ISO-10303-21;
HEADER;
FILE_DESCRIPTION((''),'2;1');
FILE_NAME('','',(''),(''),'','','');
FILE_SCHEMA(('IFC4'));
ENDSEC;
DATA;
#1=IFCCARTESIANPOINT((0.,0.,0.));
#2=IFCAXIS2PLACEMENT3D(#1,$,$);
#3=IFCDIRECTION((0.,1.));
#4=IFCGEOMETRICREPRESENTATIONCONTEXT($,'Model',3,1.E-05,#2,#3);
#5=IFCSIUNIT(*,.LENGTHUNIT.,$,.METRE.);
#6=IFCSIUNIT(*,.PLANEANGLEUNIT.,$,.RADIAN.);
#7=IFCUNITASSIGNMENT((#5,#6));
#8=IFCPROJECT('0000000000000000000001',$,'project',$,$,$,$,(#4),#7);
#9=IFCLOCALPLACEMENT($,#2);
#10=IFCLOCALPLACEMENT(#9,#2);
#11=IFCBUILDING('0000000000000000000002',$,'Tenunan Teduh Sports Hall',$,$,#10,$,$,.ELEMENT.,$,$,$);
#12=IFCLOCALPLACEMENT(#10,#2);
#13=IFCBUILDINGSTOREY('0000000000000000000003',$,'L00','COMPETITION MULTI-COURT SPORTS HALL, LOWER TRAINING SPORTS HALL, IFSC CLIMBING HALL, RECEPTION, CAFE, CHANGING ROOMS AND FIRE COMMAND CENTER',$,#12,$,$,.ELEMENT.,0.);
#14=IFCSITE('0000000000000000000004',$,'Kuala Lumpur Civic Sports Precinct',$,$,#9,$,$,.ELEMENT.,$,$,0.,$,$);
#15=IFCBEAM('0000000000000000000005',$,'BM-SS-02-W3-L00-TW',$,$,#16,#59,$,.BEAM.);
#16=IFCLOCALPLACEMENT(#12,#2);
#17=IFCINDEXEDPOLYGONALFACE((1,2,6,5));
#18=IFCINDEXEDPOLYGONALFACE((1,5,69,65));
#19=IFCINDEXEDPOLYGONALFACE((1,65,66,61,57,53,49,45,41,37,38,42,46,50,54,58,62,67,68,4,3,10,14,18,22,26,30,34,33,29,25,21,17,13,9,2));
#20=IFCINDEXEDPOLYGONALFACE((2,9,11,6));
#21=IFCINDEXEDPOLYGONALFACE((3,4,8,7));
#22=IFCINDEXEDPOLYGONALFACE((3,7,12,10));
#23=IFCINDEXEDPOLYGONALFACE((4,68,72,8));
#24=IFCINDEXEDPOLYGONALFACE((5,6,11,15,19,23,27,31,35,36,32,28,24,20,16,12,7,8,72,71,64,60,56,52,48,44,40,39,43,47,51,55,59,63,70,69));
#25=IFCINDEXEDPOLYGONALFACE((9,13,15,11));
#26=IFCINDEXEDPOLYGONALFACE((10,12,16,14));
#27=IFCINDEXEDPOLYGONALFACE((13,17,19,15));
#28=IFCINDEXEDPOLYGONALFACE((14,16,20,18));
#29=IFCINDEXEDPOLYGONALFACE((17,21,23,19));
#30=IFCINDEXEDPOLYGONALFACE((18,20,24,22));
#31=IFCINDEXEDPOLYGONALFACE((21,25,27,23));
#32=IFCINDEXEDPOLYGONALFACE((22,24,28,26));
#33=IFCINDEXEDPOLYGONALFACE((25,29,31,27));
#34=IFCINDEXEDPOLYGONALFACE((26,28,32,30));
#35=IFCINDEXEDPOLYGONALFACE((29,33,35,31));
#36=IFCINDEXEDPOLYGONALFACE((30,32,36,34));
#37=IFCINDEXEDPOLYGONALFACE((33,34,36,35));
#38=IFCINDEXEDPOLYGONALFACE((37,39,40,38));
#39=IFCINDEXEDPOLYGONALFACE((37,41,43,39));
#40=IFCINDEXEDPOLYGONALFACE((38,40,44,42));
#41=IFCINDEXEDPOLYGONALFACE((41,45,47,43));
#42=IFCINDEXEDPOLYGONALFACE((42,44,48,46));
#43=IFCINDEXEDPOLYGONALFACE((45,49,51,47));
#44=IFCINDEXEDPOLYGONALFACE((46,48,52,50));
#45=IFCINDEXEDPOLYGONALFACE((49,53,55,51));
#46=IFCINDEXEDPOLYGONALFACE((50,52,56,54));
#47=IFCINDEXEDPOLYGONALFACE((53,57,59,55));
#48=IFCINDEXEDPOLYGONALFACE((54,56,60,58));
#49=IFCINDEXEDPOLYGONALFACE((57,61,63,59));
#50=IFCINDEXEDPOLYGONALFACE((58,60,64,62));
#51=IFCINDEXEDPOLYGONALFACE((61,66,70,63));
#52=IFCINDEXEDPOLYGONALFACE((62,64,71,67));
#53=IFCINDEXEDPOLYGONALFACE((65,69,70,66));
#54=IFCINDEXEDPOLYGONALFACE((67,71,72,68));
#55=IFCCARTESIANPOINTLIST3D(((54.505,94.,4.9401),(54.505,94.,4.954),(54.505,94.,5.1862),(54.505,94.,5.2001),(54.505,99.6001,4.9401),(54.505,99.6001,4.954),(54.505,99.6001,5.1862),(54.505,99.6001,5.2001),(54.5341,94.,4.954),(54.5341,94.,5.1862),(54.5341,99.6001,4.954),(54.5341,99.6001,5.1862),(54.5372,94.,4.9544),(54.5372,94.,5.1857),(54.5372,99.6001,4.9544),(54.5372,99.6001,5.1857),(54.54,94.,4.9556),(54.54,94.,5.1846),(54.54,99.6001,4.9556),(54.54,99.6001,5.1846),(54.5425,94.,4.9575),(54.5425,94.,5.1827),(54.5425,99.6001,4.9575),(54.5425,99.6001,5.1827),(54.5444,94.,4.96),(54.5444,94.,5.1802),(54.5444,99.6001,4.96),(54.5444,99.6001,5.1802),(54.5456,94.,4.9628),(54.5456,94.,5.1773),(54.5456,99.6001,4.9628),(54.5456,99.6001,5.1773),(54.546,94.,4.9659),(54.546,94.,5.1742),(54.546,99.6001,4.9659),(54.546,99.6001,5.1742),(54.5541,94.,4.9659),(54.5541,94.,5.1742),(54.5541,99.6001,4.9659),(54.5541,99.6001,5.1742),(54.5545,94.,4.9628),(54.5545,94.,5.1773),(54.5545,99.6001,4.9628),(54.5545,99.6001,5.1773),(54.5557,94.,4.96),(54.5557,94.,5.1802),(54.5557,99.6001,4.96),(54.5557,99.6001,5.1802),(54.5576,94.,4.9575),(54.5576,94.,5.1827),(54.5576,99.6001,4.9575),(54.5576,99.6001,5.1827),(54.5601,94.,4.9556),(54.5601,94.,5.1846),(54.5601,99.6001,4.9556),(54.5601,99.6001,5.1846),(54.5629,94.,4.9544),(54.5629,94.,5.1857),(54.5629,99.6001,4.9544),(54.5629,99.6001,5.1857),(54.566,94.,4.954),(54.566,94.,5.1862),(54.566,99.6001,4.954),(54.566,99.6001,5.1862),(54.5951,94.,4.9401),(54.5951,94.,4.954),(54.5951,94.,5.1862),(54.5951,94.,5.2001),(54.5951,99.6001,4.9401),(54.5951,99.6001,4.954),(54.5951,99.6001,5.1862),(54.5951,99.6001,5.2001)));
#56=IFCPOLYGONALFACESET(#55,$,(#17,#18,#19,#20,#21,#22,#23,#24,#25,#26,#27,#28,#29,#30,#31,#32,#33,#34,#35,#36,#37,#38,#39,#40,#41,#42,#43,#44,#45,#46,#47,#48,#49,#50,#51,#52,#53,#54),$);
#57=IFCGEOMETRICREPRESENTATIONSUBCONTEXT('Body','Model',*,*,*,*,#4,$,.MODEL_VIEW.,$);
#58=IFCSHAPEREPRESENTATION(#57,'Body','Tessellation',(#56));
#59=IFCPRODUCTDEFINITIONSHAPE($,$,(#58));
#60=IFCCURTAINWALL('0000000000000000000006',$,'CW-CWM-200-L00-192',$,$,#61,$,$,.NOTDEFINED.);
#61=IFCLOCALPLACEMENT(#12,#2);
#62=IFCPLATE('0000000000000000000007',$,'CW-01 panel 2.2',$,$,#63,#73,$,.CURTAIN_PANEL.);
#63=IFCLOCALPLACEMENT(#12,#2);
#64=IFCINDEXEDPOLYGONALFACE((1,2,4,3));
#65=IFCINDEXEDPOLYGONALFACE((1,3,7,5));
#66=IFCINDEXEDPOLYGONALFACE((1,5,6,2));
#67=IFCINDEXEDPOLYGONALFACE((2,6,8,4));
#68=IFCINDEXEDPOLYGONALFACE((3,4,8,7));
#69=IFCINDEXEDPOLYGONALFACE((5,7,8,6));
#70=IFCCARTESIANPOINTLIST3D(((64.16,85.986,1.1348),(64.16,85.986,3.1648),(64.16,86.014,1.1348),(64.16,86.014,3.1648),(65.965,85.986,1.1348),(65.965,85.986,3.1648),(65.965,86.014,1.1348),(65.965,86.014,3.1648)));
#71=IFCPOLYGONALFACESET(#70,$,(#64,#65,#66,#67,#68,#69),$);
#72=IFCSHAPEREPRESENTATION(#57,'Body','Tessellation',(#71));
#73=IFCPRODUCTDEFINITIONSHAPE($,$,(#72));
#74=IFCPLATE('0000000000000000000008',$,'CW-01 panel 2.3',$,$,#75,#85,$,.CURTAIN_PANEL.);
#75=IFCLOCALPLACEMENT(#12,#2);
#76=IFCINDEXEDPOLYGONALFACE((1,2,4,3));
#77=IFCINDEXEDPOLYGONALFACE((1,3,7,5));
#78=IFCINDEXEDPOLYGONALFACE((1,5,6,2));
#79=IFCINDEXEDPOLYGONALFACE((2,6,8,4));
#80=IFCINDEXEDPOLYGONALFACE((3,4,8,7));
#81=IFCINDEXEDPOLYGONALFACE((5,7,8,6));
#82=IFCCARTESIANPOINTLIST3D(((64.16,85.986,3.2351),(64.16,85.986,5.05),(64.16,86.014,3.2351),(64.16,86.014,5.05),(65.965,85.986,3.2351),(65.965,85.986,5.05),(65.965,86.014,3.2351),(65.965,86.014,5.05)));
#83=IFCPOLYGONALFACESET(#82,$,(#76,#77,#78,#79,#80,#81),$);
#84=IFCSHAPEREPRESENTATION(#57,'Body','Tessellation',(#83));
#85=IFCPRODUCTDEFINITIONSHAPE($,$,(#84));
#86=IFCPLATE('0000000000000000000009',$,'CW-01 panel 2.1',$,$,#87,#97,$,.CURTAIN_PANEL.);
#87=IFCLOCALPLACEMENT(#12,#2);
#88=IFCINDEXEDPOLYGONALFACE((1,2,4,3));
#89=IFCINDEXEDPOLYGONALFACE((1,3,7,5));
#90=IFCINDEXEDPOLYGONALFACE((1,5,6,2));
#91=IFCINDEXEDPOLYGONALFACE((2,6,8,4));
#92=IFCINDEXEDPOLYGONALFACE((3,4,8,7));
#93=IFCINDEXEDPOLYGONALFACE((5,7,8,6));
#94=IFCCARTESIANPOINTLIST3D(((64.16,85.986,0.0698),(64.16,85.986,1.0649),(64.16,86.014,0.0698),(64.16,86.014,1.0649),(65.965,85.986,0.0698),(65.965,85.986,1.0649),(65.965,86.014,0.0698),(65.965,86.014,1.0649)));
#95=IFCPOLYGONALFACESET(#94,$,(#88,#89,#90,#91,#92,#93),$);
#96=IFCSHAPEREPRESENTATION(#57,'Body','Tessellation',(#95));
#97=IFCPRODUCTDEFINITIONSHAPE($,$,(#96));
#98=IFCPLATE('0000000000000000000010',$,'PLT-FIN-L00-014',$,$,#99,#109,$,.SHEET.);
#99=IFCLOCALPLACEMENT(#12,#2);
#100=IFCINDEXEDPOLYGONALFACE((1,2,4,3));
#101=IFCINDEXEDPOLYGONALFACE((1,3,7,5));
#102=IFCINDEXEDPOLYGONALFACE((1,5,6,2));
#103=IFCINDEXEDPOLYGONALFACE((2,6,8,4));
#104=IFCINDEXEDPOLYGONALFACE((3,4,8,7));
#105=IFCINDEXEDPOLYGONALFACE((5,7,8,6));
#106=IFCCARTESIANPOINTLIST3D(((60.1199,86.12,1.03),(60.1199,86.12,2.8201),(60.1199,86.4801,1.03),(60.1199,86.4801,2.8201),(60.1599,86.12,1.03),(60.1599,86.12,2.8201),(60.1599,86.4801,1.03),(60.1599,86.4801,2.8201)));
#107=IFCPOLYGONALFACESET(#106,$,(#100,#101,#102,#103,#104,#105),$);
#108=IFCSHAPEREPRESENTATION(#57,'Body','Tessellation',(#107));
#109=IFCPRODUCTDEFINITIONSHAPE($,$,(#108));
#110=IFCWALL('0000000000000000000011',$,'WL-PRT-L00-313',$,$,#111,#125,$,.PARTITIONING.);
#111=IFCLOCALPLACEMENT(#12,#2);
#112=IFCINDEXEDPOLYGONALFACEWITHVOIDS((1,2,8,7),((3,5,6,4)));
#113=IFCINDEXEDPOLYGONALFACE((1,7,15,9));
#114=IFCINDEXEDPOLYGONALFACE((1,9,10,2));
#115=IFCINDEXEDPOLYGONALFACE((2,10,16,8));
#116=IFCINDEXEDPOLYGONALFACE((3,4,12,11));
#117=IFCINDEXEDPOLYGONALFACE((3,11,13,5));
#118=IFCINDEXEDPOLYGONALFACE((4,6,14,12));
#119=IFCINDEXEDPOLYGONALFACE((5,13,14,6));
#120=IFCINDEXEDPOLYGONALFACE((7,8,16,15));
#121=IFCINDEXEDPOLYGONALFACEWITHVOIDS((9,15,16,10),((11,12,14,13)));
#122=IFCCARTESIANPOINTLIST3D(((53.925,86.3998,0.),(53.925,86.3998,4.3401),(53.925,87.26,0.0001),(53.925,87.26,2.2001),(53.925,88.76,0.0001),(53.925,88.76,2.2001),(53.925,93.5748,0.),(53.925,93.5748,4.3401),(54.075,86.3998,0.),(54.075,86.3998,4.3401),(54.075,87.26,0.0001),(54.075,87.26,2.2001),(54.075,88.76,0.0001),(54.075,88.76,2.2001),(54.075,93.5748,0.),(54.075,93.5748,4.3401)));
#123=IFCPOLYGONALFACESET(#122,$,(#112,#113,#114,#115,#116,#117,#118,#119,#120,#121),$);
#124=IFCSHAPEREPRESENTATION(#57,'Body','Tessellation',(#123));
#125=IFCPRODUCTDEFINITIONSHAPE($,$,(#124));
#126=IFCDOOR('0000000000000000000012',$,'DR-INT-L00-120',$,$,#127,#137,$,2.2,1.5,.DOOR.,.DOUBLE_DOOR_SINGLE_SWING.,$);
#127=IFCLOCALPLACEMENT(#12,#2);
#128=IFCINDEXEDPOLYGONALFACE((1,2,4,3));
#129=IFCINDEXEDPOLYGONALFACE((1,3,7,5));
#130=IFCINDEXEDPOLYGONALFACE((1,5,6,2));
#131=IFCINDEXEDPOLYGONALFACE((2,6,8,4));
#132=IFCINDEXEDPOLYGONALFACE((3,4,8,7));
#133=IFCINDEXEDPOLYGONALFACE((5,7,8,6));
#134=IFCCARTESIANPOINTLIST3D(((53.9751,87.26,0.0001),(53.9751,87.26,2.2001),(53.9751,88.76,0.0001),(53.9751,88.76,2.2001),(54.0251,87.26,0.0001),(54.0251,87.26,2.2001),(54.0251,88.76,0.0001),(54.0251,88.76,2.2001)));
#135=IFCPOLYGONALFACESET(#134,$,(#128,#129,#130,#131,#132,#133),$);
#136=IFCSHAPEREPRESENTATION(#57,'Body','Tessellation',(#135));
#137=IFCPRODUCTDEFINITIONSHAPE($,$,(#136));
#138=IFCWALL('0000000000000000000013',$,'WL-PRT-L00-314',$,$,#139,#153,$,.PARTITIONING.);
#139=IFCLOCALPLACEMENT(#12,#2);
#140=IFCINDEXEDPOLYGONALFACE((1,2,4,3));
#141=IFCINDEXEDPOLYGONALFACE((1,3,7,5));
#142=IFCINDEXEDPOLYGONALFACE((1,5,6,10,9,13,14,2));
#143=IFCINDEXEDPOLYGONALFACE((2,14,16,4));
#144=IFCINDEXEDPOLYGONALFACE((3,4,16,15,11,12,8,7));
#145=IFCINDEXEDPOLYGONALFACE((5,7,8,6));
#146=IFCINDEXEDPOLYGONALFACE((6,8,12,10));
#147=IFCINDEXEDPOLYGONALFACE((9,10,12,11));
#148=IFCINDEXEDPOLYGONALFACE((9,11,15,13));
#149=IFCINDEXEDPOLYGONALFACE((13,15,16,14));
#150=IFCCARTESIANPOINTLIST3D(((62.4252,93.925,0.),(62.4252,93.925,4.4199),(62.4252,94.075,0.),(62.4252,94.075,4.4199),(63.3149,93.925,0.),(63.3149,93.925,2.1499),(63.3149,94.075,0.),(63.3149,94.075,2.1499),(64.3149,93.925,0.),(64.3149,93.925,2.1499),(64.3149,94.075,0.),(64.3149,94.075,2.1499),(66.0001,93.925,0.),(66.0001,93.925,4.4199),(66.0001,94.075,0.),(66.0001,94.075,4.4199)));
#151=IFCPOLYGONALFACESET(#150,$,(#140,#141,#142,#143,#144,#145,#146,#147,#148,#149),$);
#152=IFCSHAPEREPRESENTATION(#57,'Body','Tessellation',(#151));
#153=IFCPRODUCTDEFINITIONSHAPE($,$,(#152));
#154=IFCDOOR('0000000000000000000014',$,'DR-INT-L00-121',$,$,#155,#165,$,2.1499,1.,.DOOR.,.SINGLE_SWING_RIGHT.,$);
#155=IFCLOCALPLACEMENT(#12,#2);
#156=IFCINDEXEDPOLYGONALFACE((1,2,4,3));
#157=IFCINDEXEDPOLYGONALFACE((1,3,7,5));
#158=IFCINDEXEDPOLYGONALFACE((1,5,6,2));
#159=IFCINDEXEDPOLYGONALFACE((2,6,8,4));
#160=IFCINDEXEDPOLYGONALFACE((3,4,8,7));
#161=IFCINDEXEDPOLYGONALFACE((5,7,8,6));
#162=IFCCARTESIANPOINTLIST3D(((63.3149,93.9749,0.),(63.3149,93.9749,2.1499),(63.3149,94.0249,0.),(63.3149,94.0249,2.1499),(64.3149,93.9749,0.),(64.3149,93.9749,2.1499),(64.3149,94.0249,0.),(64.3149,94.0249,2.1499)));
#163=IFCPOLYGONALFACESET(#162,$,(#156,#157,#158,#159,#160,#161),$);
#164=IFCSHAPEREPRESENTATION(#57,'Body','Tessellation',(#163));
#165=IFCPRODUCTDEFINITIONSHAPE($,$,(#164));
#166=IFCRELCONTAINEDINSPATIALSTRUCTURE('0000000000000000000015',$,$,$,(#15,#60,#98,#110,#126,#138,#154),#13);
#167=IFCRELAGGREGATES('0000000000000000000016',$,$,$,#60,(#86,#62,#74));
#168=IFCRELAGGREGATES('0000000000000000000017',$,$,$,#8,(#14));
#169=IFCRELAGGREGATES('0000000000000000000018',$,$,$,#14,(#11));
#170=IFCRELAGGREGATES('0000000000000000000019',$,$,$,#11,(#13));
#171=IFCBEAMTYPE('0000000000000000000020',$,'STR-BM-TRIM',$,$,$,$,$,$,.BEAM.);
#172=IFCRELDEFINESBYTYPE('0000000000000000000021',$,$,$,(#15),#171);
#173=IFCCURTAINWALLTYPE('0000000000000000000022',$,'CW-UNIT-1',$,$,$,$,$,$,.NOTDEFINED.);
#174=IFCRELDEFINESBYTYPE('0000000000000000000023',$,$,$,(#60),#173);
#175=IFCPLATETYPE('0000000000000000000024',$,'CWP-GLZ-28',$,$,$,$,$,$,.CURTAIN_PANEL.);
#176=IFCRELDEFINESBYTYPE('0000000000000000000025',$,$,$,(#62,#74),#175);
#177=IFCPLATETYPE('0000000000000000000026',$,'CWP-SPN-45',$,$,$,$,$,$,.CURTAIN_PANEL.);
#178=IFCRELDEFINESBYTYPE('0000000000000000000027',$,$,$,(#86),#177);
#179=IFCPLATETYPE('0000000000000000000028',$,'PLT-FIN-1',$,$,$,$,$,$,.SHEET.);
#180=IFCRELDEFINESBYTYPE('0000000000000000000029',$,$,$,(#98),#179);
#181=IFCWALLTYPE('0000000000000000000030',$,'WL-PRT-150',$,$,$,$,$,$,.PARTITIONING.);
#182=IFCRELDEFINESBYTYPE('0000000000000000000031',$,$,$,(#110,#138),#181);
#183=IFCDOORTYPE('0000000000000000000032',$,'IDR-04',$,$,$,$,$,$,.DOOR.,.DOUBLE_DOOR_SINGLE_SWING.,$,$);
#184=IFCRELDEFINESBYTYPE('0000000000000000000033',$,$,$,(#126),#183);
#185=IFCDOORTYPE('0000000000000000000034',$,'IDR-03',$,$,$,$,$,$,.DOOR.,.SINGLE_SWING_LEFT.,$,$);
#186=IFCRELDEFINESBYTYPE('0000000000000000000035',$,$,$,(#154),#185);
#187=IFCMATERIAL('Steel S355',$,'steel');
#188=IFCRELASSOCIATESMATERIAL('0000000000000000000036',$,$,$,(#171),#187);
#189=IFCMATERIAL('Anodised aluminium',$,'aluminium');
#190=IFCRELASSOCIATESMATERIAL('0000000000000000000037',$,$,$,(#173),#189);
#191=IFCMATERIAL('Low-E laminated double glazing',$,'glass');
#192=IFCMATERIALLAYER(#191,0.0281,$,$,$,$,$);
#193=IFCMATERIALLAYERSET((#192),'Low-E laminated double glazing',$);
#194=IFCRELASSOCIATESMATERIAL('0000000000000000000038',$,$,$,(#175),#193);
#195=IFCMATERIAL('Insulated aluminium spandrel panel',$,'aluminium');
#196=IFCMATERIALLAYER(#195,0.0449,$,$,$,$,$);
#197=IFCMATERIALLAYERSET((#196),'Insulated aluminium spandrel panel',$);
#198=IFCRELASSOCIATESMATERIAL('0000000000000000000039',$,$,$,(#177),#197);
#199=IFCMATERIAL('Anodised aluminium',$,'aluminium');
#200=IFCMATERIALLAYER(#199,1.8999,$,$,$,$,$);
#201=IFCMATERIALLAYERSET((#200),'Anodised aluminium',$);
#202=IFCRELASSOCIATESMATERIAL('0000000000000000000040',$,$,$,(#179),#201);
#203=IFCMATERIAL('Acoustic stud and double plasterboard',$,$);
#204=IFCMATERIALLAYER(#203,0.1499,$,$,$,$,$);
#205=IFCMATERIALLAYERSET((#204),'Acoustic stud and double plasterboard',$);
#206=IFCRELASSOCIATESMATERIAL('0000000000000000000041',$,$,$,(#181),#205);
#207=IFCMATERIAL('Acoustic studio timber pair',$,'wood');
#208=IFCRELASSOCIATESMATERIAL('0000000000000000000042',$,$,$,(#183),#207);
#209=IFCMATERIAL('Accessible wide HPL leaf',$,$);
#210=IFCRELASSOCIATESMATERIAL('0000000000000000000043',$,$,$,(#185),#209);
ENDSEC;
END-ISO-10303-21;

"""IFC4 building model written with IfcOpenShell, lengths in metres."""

from ifc_helpers import new_model, si_unit, direction, frame, frame_2d, origin, origin_2d, place, context, subcontext, project, spatial, rectangle, i_section, extrude, material, layer, layer_set, material_profile, profile_set, type_object, element, fill, aggregate, save


model = new_model("IFC4")

# Units and contexts
model_context = context("Model", 3, precision=1e-05, world=origin(), true_north=direction((0.0, 1.0)))
body_context = subcontext(model_context, "Body", "Model", "MODEL_VIEW")
ifc_project = project(units=[si_unit("LENGTHUNIT", "METRE"), si_unit("PLANEANGLEUNIT", "RADIAN")], contexts=[model_context])

# Site, building, storey
site_placement = place(None, origin())
site = spatial("IfcSite", under=ifc_project, at=site_placement, Name="Kuala Lumpur Civic Sports Precinct", CompositionType="ELEMENT", RefElevation=0.0)
building_placement = place(site_placement, origin())
building = spatial("IfcBuilding", under=site, at=building_placement, Name="Tenunan Teduh Sports Hall", CompositionType="ELEMENT")
storey_placement = place(building_placement, origin())
storey = spatial("IfcBuildingStorey", under=building, at=storey_placement, Name="L00", Description="COMPETITION MULTI-COURT SPORTS HALL, LOWER TRAINING SPORTS HALL, IFSC CLIMBING HALL, RECEPTION, CAFE, CHANGING ROOMS AND FIRE COMMAND CENTER", CompositionType="ELEMENT", Elevation=0.0)

# Beam
ifc_material_1 = material(Name="Steel S355", Category="steel")
ifc_material_profile_1 = material_profile(ifc_material_1, i_section(OverallWidth=0.0901, OverallDepth=0.26, WebThickness=0.0081, FlangeThickness=0.0139, FilletRadius=0.012, at=origin_2d()), Name="PFC 260x90")
ifc_profile_set_1 = profile_set([ifc_material_profile_1], Name="Steel S355")
beam_type_1 = type_object("IfcBeamType", Name="STR-BM-TRIM", PredefinedType="BEAM", material=ifc_profile_set_1)
for number, where, z_axis, x_axis, name in (
    (1, (54.55, 94.0, 5.0701), (0.0, 1.0, 0.0), (-1.0, 0.0, 0.0), "BM-SS-02-W3-L00-TW"),
):
    element("IfcBeam", number, at=place(storey_placement, frame(where, z_axis=z_axis, x_axis=x_axis)), inside=storey, type_object=beam_type_1, Name=name, PredefinedType="BEAM", context=body_context, shape_type="SweptSolid", body=[
        extrude(i_section(OverallWidth=0.0901, OverallDepth=0.26, WebThickness=0.0081, FlangeThickness=0.0139, FilletRadius=0.012, at=origin_2d()), origin(), (0.0, 0.0, 1.0), 5.6001),
    ])

# Curtain wall, plates
ifc_material_2 = material(Name="Anodised aluminium", Category="aluminium")
curtain_wall_type = type_object("IfcCurtainWallType", Name="CW-UNIT-1", PredefinedType="NOTDEFINED", material=ifc_material_2)
curtain_wall_placement = place(storey_placement, origin())
curtain_wall = element("IfcCurtainWall", 2, at=curtain_wall_placement, inside=storey, type_object=curtain_wall_type, Name="CW-CWM-200-L00-192", PredefinedType="NOTDEFINED")
ifc_material_3 = material(Name="Low-E laminated double glazing", Category="glass")
ifc_layer_1 = layer(ifc_material_3, 0.0281)
ifc_layer_set_1 = layer_set([ifc_layer_1], Name="Low-E laminated double glazing")
plate_type_1 = type_object("IfcPlateType", Name="CWP-GLZ-28", PredefinedType="CURTAIN_PANEL", material=ifc_layer_set_1)
plate_1_placement = place(storey_placement, frame((65.0625, 86.0, 1.1348), z_axis=(0.0, 0.0, 1.0), x_axis=(1.0, 0.0, 0.0)))
plate_1 = element("IfcPlate", 3, at=plate_1_placement, type_object=plate_type_1, Name="CW-01 panel 2.2", PredefinedType="CURTAIN_PANEL", context=body_context, shape_type="SweptSolid", body=[
    extrude(rectangle(XDim=1.8049, YDim=0.0281, at=origin_2d()), origin(), (0.0, 0.0, 1.0), 2.03),
])
plate_2_placement = place(storey_placement, frame((65.0625, 86.0, 3.2351), z_axis=(0.0, 0.0, 1.0), x_axis=(1.0, 0.0, 0.0)))
plate_2 = element("IfcPlate", 4, at=plate_2_placement, type_object=plate_type_1, Name="CW-01 panel 2.3", PredefinedType="CURTAIN_PANEL", context=body_context, shape_type="SweptSolid", body=[
    extrude(rectangle(XDim=1.8049, YDim=0.0281, at=origin_2d()), origin(), (0.0, 0.0, 1.0), 1.8149),
])
ifc_material_4 = material(Name="Insulated aluminium spandrel panel", Category="aluminium")
ifc_layer_2 = layer(ifc_material_4, 0.0449)
ifc_layer_set_2 = layer_set([ifc_layer_2], Name="Insulated aluminium spandrel panel")
plate_type_2 = type_object("IfcPlateType", Name="CWP-SPN-45", PredefinedType="CURTAIN_PANEL", material=ifc_layer_set_2)
plate_3_placement = place(storey_placement, frame((65.0625, 86.0, 0.0698), z_axis=(0.0, 0.0, 1.0), x_axis=(1.0, 0.0, 0.0)))
plate_3 = element("IfcPlate", 5, at=plate_3_placement, type_object=plate_type_2, Name="CW-01 panel 2.1", PredefinedType="CURTAIN_PANEL", context=body_context, shape_type="SweptSolid", body=[
    extrude(rectangle(XDim=1.8049, YDim=0.0281, at=origin_2d()), origin(), (0.0, 0.0, 1.0), 0.9951),
])
aggregate(curtain_wall, [plate_3, plate_1, plate_2])

# Plate
ifc_material_5 = material(Name="Anodised aluminium", Category="aluminium")
ifc_layer_3 = layer(ifc_material_5, 1.8999)
ifc_layer_set_3 = layer_set([ifc_layer_3], Name="Anodised aluminium")
plate_type_3 = type_object("IfcPlateType", Name="PLT-FIN-1", PredefinedType="SHEET", material=ifc_layer_set_3)
plate_4_placement = place(storey_placement, frame((60.1399, 86.3, 1.03), z_axis=(0.0, 0.0, 1.0), x_axis=(1.0, 0.0, 0.0)))
element("IfcPlate", 6, at=plate_4_placement, inside=storey, type_object=plate_type_3, Name="PLT-FIN-L00-014", PredefinedType="SHEET", context=body_context, shape_type="SweptSolid", body=[
    extrude(rectangle(XDim=0.04, YDim=0.3601, at=origin_2d()), origin(), (0.0, 0.0, 1.0), 1.79),
])

# Walls, openings, doors
ifc_material_6 = material(Name="Acoustic stud and double plasterboard")
ifc_layer_4 = layer(ifc_material_6, 0.1499)
ifc_layer_set_4 = layer_set([ifc_layer_4], Name="Acoustic stud and double plasterboard")
wall_type_1 = type_object("IfcWallType", Name="WL-PRT-150", PredefinedType="PARTITIONING", material=ifc_layer_set_4)
wall_1_placement = place(storey_placement, frame((54.0, 86.3999, 0.0), z_axis=(0.0, 0.0, 1.0), x_axis=(0.0, 1.0, 0.0)))
wall_1 = element("IfcWall", 7, at=wall_1_placement, inside=storey, type_object=wall_type_1, Name="WL-PRT-L00-313", PredefinedType="PARTITIONING", context=body_context, shape_type="SweptSolid", body=[
    extrude(rectangle(XDim=7.175, YDim=0.1499, at=frame_2d((3.5874, 0.0))), origin(), (0.0, 0.0, 1.0), 4.3401),
])
opening_1_placement = place(wall_1_placement, frame((0.8601, 0.0, 0.0)))
opening_1 = element("IfcOpeningElement", 8, at=opening_1_placement, cuts=wall_1, PredefinedType="OPENING", context=body_context, shape_type="SweptSolid", body=[
    extrude(rectangle(XDim=1.5, YDim=2.2, at=frame_2d((0.75, 1.1001))), frame((0.0, 0.085, 0.0), z_axis=(0.0, -1.0, 0.0), x_axis=(1.0, 0.0, 0.0)), (0.0, 0.0, 1.0), 0.1699),
])
ifc_material_7 = material(Name="Acoustic studio timber pair", Category="wood")
door_type_1 = type_object("IfcDoorType", Name="IDR-04", OperationType="DOUBLE_DOOR_SINGLE_SWING", PredefinedType="DOOR", material=ifc_material_7)
door_1_placement = place(opening_1_placement, origin())
door_1 = element("IfcDoor", 9, at=door_1_placement, inside=storey, type_object=door_type_1, Name="DR-INT-L00-120", OperationType="DOUBLE_DOOR_SINGLE_SWING", OverallHeight=2.2, OverallWidth=1.5, PredefinedType="DOOR", context=body_context, shape_type="SweptSolid", body=[
    extrude(rectangle(XDim=1.5, YDim=2.2, at=frame_2d((0.75, 1.1001))), frame((0.0, 0.0249, 0.0), z_axis=(0.0, -1.0, 0.0), x_axis=(1.0, 0.0, 0.0)), (0.0, 0.0, 1.0), 0.05),
])
fill(opening_1, door_1)
wall_2_placement = place(storey_placement, frame((62.425, 94.0, 0.0), z_axis=(0.0, 0.0, 1.0), x_axis=(1.0, 0.0, 0.0)))
wall_2 = element("IfcWall", 10, at=wall_2_placement, inside=storey, type_object=wall_type_1, Name="WL-PRT-L00-314", PredefinedType="PARTITIONING", context=body_context, shape_type="SweptSolid", body=[
    extrude(rectangle(XDim=3.575, YDim=0.1499, at=frame_2d((1.7876, 0.0))), origin(), (0.0, 0.0, 1.0), 4.4199),
])
opening_2_placement = place(wall_2_placement, frame((0.8899, 0.0, 0.0)))
opening_2 = element("IfcOpeningElement", 11, at=opening_2_placement, cuts=wall_2, PredefinedType="OPENING", context=body_context, shape_type="SweptSolid", body=[
    extrude(rectangle(XDim=1.0, YDim=2.1499, at=frame_2d((0.5, 1.075))), frame((0.0, 0.085, 0.0), z_axis=(0.0, -1.0, 0.0), x_axis=(1.0, 0.0, 0.0)), (0.0, 0.0, 1.0), 0.1699),
])
ifc_material_8 = material(Name="Accessible wide HPL leaf")
door_type_2 = type_object("IfcDoorType", Name="IDR-03", OperationType="SINGLE_SWING_LEFT", PredefinedType="DOOR", material=ifc_material_8)
door_2_placement = place(opening_2_placement, origin())
door_2 = element("IfcDoor", 12, at=door_2_placement, inside=storey, type_object=door_type_2, Name="DR-INT-L00-121", OperationType="SINGLE_SWING_RIGHT", OverallHeight=2.1499, OverallWidth=1.0, PredefinedType="DOOR", context=body_context, shape_type="SweptSolid", body=[
    extrude(rectangle(XDim=1.0, YDim=2.1499, at=frame_2d((0.5, 1.075))), frame((0.0, 0.0249, 0.0), z_axis=(0.0, -1.0, 0.0), x_axis=(1.0, 0.0, 0.0)), (0.0, 0.0, 1.0), 0.05),
])
fill(opening_2, door_2)

save(model, "model.ifc")
